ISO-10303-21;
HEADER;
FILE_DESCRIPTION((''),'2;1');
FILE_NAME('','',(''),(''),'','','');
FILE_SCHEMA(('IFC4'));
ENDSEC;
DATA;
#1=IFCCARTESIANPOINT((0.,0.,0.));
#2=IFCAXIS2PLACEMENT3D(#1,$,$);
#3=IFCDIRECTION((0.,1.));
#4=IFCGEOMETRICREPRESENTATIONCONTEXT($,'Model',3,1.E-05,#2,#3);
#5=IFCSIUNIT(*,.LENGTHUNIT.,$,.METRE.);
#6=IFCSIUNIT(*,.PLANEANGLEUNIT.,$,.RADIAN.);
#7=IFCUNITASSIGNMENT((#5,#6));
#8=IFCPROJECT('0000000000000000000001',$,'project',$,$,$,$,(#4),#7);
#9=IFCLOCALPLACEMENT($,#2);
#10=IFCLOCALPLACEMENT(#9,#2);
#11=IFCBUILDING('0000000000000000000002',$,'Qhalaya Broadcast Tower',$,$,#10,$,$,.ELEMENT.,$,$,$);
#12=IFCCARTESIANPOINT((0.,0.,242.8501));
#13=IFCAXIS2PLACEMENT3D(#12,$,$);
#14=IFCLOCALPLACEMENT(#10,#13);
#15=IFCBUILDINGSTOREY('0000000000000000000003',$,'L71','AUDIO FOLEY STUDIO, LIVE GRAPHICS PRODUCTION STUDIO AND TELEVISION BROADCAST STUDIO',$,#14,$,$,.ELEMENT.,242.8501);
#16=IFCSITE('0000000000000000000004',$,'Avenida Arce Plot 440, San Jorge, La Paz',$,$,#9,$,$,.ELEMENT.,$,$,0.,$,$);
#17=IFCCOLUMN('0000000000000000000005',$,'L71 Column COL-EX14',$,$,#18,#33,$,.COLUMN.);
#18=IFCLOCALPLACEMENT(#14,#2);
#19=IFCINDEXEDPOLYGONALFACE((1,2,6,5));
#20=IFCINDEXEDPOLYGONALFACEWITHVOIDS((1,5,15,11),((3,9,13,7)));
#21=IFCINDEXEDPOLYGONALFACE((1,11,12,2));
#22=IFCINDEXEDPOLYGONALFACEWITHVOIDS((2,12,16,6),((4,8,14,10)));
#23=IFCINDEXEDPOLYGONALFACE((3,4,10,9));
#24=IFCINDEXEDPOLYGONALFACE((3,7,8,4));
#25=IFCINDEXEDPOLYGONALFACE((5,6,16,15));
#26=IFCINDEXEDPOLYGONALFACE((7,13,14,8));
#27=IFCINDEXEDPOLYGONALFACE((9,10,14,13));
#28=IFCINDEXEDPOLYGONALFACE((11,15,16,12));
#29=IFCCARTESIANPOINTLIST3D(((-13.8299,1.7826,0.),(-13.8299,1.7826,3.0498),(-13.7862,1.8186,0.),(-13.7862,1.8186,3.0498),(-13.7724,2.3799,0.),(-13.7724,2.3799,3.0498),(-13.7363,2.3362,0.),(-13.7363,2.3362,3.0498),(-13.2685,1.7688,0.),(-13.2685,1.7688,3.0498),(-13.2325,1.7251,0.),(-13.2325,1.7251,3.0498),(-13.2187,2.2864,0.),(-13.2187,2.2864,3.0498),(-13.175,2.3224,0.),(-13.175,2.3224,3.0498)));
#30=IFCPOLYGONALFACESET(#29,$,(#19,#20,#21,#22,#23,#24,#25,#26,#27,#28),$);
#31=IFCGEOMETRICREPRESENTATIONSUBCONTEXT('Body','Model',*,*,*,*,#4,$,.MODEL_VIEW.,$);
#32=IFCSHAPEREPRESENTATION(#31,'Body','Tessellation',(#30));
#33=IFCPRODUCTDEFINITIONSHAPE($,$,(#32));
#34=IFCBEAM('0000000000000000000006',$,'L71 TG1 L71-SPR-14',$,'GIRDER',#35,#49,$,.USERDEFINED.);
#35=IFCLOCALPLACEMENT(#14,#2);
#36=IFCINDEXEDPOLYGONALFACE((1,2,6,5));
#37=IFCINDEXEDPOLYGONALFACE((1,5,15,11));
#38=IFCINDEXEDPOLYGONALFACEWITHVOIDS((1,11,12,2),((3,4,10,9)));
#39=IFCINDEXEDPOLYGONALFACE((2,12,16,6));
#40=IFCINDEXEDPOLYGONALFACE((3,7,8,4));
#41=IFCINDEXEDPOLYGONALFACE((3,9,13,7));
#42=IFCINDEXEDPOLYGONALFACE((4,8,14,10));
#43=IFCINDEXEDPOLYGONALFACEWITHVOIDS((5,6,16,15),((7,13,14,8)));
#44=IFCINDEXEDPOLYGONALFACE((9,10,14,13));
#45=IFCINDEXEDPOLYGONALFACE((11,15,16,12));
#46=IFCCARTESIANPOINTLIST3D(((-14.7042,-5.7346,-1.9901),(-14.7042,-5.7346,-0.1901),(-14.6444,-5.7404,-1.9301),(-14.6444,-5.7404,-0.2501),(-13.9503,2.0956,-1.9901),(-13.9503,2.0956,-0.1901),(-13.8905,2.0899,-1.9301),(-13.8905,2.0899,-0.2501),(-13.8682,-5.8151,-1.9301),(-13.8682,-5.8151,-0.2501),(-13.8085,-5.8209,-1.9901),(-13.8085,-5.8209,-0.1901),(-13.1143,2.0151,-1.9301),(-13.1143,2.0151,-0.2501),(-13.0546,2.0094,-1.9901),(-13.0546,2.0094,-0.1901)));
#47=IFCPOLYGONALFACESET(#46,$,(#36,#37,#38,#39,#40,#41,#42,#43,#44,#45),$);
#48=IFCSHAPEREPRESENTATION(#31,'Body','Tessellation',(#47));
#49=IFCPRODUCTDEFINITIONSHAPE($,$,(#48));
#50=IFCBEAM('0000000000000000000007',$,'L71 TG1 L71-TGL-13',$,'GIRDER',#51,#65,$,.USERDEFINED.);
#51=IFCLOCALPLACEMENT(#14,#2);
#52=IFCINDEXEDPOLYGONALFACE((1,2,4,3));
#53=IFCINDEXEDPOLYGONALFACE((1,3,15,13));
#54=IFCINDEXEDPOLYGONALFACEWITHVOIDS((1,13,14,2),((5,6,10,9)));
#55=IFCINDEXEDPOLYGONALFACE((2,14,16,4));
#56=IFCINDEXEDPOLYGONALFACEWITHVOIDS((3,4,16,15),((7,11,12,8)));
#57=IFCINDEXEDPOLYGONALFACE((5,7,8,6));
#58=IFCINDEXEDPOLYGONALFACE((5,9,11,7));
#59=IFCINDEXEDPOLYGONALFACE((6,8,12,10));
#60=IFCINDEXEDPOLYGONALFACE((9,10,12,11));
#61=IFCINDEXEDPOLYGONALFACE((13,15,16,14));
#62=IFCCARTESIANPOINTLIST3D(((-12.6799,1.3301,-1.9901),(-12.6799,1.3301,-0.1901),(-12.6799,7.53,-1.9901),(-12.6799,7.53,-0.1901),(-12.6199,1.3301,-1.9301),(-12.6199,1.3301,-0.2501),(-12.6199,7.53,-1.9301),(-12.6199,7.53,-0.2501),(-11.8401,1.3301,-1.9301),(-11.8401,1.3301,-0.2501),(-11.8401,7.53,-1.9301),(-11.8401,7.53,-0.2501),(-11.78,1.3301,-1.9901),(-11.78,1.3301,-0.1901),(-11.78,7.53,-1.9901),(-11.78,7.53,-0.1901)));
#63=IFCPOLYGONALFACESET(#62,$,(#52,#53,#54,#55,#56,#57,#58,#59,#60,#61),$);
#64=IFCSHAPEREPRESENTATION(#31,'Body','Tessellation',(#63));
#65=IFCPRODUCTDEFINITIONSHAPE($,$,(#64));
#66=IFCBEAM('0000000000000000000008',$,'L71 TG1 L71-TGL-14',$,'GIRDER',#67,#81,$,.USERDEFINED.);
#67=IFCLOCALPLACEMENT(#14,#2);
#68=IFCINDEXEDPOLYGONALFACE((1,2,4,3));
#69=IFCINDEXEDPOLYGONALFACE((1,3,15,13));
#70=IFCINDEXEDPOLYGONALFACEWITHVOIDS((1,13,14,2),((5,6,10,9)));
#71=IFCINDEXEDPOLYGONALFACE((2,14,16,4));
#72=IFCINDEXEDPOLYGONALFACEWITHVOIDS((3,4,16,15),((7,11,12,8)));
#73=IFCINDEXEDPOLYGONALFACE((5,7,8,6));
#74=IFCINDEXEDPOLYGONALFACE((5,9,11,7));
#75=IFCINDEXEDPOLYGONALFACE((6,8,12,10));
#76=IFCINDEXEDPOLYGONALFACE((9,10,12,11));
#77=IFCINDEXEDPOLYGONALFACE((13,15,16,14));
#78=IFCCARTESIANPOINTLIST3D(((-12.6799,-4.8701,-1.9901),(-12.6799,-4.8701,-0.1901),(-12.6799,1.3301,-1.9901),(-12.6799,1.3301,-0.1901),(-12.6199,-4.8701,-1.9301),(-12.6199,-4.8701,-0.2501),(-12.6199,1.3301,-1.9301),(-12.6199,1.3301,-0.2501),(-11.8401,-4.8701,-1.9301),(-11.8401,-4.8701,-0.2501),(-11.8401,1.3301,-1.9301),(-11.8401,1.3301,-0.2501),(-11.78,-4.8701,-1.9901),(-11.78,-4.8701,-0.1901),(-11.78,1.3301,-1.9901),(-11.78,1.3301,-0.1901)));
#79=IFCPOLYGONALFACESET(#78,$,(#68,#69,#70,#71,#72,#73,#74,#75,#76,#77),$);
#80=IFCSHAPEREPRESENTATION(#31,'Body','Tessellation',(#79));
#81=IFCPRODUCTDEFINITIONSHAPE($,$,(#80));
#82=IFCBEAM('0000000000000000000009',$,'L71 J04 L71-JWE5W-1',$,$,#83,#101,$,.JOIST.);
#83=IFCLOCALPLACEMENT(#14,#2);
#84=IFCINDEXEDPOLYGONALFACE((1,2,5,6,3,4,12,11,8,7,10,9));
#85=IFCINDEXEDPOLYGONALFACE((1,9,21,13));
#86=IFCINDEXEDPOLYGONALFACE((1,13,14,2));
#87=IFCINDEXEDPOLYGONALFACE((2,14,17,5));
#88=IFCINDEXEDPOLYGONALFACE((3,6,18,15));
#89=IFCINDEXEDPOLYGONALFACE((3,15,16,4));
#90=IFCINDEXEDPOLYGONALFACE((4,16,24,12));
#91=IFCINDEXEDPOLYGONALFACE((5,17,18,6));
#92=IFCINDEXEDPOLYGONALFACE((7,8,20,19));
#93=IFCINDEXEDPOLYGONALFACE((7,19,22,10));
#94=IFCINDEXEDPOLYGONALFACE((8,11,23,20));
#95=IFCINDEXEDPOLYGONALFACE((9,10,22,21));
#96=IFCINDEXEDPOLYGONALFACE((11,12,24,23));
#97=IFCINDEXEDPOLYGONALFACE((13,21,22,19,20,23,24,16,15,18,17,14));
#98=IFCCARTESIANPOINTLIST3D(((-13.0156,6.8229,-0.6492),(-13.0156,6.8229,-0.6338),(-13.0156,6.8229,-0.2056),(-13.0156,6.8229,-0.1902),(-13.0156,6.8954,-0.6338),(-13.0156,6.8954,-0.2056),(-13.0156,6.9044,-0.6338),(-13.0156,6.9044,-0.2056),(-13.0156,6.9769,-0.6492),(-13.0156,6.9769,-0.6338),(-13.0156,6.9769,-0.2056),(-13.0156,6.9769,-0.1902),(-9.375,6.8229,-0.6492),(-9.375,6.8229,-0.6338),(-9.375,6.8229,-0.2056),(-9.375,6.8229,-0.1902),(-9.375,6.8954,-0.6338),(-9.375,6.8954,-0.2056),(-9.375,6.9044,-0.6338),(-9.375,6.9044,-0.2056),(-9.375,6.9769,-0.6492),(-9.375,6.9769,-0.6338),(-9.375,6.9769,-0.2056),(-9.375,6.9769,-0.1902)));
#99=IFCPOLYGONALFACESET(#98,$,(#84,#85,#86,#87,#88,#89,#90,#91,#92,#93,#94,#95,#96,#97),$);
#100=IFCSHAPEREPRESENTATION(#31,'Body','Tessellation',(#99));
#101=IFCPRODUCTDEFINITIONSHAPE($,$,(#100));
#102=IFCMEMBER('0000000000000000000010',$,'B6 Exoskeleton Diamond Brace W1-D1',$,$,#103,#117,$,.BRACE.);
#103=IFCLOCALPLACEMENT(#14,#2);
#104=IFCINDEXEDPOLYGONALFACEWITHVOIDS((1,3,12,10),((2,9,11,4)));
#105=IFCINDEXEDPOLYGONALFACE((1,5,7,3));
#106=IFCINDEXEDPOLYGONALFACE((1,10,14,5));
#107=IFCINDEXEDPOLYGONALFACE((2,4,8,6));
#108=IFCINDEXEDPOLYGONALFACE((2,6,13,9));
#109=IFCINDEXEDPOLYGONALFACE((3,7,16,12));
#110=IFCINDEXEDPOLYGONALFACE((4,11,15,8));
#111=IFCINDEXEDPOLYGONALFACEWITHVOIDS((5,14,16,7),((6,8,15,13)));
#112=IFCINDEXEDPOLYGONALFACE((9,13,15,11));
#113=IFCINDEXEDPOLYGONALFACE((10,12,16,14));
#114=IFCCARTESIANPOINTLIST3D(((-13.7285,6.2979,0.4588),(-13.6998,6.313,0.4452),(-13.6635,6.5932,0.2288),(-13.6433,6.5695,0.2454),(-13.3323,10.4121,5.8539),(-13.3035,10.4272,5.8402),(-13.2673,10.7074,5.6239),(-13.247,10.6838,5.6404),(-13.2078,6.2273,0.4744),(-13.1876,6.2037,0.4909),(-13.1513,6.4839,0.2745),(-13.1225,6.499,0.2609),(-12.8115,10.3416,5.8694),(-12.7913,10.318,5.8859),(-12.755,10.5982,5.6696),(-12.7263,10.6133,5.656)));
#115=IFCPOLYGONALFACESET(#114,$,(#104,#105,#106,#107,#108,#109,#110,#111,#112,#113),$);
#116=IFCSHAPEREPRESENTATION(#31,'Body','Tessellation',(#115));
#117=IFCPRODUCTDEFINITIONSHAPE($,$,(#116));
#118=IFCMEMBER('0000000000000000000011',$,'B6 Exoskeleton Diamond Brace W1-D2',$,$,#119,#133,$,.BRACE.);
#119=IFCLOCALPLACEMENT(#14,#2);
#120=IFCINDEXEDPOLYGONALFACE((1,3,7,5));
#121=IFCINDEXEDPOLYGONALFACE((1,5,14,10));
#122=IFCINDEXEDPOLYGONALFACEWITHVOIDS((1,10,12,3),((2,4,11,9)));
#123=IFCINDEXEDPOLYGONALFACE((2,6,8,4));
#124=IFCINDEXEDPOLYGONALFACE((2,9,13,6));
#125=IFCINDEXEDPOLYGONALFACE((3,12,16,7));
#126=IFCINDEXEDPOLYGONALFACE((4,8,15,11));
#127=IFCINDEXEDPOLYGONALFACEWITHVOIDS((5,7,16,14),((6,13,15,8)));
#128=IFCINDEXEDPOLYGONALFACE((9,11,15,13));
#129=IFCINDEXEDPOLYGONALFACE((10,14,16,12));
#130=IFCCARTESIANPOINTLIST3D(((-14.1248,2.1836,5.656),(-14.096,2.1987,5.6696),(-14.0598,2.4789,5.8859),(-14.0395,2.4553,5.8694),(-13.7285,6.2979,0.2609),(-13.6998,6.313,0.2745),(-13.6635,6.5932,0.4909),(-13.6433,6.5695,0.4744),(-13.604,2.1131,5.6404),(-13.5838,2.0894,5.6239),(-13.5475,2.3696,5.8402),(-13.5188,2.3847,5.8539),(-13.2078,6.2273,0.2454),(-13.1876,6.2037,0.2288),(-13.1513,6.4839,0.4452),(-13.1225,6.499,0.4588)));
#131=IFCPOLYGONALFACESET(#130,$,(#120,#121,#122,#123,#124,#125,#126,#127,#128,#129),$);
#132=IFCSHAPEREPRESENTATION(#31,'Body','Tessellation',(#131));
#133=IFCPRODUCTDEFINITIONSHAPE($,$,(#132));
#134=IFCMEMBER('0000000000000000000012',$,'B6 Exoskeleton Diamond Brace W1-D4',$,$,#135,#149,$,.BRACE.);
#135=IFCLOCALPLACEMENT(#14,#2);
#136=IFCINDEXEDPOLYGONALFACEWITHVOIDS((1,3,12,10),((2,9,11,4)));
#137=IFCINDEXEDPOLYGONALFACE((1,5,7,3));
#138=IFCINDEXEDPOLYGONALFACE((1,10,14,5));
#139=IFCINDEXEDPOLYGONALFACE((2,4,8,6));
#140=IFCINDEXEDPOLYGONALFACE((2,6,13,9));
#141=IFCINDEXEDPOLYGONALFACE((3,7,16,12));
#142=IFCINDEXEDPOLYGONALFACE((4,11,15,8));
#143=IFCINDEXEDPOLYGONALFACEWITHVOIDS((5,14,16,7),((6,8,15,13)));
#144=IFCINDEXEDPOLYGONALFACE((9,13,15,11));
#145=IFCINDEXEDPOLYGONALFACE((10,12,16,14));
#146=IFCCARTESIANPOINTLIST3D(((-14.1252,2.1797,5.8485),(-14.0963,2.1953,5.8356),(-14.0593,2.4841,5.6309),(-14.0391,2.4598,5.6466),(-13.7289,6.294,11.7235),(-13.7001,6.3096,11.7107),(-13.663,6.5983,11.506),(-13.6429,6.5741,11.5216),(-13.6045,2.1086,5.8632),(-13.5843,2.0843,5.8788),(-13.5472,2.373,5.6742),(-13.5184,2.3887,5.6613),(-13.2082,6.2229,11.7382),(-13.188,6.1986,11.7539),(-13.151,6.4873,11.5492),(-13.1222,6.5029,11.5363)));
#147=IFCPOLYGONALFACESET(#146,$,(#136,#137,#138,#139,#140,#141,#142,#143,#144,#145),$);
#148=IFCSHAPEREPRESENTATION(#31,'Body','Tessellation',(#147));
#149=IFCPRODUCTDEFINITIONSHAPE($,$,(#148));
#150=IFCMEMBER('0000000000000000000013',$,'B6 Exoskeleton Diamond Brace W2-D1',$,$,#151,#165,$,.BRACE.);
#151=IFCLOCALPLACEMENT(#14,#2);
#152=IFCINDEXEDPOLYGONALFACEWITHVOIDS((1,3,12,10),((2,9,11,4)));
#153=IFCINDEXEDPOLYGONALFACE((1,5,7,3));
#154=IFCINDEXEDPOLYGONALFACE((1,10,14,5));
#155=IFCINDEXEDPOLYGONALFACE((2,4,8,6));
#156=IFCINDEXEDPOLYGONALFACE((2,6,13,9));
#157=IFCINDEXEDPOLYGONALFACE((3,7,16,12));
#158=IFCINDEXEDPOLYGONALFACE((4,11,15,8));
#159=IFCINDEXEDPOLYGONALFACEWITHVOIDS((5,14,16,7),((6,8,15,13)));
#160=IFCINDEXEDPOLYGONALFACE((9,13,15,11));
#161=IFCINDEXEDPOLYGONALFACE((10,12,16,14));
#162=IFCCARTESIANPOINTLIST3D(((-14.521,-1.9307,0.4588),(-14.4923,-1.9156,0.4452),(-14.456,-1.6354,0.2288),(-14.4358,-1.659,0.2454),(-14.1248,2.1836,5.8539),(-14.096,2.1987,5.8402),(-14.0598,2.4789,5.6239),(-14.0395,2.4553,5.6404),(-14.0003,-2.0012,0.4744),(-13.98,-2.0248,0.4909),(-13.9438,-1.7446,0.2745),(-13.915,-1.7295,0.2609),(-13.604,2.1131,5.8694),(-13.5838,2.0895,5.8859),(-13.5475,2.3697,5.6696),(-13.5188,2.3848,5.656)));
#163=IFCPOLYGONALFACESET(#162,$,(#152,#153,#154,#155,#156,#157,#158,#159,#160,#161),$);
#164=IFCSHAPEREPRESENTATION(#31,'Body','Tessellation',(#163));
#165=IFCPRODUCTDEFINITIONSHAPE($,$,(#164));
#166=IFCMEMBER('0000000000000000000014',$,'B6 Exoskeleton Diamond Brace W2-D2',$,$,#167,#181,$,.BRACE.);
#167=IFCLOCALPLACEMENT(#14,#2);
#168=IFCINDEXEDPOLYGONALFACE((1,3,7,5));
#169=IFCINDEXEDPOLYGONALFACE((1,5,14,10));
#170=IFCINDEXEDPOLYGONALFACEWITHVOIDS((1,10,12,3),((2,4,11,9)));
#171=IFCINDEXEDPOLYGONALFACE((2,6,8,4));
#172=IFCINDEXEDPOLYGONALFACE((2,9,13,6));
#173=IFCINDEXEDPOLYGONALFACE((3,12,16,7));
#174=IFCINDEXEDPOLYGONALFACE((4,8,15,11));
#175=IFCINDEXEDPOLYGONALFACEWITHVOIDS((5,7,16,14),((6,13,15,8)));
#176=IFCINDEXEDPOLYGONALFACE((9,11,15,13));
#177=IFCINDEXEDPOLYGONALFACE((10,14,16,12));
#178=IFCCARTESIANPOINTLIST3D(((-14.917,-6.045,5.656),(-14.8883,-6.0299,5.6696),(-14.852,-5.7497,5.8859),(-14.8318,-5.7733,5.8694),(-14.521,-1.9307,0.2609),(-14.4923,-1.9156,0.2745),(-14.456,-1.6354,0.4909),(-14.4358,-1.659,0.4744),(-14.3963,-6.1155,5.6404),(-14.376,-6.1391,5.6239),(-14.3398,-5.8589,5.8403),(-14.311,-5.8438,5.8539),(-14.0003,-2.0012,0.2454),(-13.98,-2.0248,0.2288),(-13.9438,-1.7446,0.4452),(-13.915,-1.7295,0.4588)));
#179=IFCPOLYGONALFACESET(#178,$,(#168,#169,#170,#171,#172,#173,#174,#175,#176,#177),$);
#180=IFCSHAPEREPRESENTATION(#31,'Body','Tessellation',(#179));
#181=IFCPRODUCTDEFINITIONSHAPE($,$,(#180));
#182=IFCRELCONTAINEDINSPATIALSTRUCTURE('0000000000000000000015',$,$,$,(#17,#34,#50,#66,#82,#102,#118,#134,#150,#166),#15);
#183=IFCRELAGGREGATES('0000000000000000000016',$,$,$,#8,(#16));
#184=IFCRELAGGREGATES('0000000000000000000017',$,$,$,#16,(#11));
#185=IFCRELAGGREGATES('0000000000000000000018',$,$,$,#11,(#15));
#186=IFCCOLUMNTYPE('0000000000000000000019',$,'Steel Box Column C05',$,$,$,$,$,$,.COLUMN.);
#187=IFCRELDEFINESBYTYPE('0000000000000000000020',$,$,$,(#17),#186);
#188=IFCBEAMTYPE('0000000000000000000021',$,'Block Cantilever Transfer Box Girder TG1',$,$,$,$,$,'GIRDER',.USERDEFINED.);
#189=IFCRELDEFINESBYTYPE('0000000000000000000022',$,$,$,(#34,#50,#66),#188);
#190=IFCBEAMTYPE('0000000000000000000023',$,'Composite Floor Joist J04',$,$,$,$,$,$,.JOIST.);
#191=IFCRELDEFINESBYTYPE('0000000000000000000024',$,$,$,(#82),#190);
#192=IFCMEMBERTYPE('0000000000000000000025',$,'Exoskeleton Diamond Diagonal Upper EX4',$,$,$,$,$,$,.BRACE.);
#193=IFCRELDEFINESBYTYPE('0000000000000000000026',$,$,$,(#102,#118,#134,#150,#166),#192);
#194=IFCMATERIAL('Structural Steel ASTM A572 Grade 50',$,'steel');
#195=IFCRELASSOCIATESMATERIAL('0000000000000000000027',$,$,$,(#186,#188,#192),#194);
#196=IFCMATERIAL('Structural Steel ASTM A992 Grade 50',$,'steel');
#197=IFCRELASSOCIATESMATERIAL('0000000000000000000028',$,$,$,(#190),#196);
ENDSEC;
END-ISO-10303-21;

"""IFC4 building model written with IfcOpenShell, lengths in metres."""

from ifc_helpers import new_model, si_unit, direction, frame, origin, origin_2d, place, context, subcontext, project, spatial, hollow_rectangle, i_section, extrude, material, material_profile, profile_set, type_object, element, save


model = new_model("IFC4")

# Units and contexts
model_context = context("Model", 3, precision=1e-05, world=origin(), true_north=direction((0.0, 1.0)))
body_context = subcontext(model_context, "Body", "Model", "MODEL_VIEW")
ifc_project = project(units=[si_unit("LENGTHUNIT", "METRE"), si_unit("PLANEANGLEUNIT", "RADIAN")], contexts=[model_context])

# Site, building, storey
site_placement = place(None, origin())
site = spatial("IfcSite", under=ifc_project, at=site_placement, Name="Avenida Arce Plot 440, San Jorge, La Paz", CompositionType="ELEMENT", RefElevation=0.0)
building_placement = place(site_placement, origin())
building = spatial("IfcBuilding", under=site, at=building_placement, Name="Qhalaya Broadcast Tower", CompositionType="ELEMENT")
storey_placement = place(building_placement, frame((0.0, 0.0, 242.8501)))
storey = spatial("IfcBuildingStorey", under=building, at=storey_placement, Name="L71", Description="AUDIO FOLEY STUDIO, LIVE GRAPHICS PRODUCTION STUDIO AND TELEVISION BROADCAST STUDIO", CompositionType="ELEMENT", Elevation=242.8501)

# Column
ifc_material_1 = material(Name="Structural Steel ASTM A572 Grade 50", Category="steel")
ifc_material_profile_1 = material_profile(ifc_material_1, hollow_rectangle(XDim=0.6001, YDim=0.6001, WallThickness=0.04, at=origin_2d()), Name="BOX 600x600x40")
ifc_profile_set_1 = profile_set([ifc_material_profile_1], Name="Structural Steel ASTM A572 Grade 50")
column_type = type_object("IfcColumnType", Name="Steel Box Column C05", PredefinedType="COLUMN", material=ifc_profile_set_1)
column_placement = place(storey_placement, frame((-13.5024, 2.0525, 0.0), z_axis=(0.0, 0.0, 1.0), x_axis=(0.095846, 0.995396, 0.0)))
element("IfcColumn", 1, at=column_placement, inside=storey, type_object=column_type, Name="L71 Column COL-EX14", PredefinedType="COLUMN", context=body_context, shape_type="SweptSolid", body=[
    extrude(hollow_rectangle(XDim=0.6001, YDim=0.6001, WallThickness=0.04, at=origin_2d()), origin(), (0.0, 0.0, 1.0), 3.0498),
])

# Beams
ifc_material_profile_2 = material_profile(ifc_material_1, hollow_rectangle(XDim=0.8999, YDim=1.8, WallThickness=0.0601, at=origin_2d()), Name="BOX 900x1800x60")
ifc_profile_set_2 = profile_set([ifc_material_profile_2], Name="Structural Steel ASTM A572 Grade 50")
beam_type_1 = type_object("IfcBeamType", Name="Block Cantilever Transfer Box Girder TG1", ElementType="GIRDER", PredefinedType="USERDEFINED", material=ifc_profile_set_2)
beam_1_placement = place(storey_placement, frame((-13.5024, 2.0525, -1.0901), z_axis=(-0.095837, -0.995397, 0.0), x_axis=(0.995397, -0.095837, 0.0)))
element("IfcBeam", 2, at=beam_1_placement, inside=storey, type_object=beam_type_1, Name="L71 TG1 L71-SPR-14", ObjectType="GIRDER", PredefinedType="USERDEFINED", context=body_context, shape_type="SweptSolid", body=[
    extrude(hollow_rectangle(XDim=0.8999, YDim=1.8, WallThickness=0.0601, at=origin_2d()), origin(), (0.0, 0.0, 1.0), 7.8665),
])
beam_2_placement = place(storey_placement, frame((-12.23, 7.53, -1.0901), z_axis=(0.0, -1.0, 0.0), x_axis=(1.0, 0.0, 0.0)))
element("IfcBeam", 3, at=beam_2_placement, inside=storey, type_object=beam_type_1, Name="L71 TG1 L71-TGL-13", ObjectType="GIRDER", PredefinedType="USERDEFINED", context=body_context, shape_type="SweptSolid", body=[
    extrude(hollow_rectangle(XDim=0.8999, YDim=1.8, WallThickness=0.0601, at=origin_2d()), origin(), (0.0, 0.0, 1.0), 6.2),
])
beam_3_placement = place(storey_placement, frame((-12.23, 1.3301, -1.0901), z_axis=(0.0, -1.0, 0.0), x_axis=(1.0, 0.0, 0.0)))
element("IfcBeam", 4, at=beam_3_placement, inside=storey, type_object=beam_type_1, Name="L71 TG1 L71-TGL-14", ObjectType="GIRDER", PredefinedType="USERDEFINED", context=body_context, shape_type="SweptSolid", body=[
    extrude(hollow_rectangle(XDim=0.8999, YDim=1.8, WallThickness=0.0601, at=origin_2d()), origin(), (0.0, 0.0, 1.0), 6.2002),
])
ifc_material_2 = material(Name="Structural Steel ASTM A992 Grade 50", Category="steel")
ifc_material_profile_3 = material_profile(ifc_material_2, i_section(OverallWidth=0.1541, OverallDepth=0.459, WebThickness=0.009, FlangeThickness=0.0154, at=origin_2d()), Name="W18X46")
ifc_profile_set_3 = profile_set([ifc_material_profile_3], Name="Structural Steel ASTM A992 Grade 50")
beam_type_2 = type_object("IfcBeamType", Name="Composite Floor Joist J04", PredefinedType="JOIST", material=ifc_profile_set_3)
beam_4_placement = place(storey_placement, frame((-13.0156, 6.8999, -0.4197), z_axis=(1.0, 0.0, 0.0), x_axis=(0.0, 1.0, 0.0)))
element("IfcBeam", 5, at=beam_4_placement, inside=storey, type_object=beam_type_2, Name="L71 J04 L71-JWE5W-1", PredefinedType="JOIST", context=body_context, shape_type="SweptSolid", body=[
    extrude(i_section(OverallWidth=0.1541, OverallDepth=0.459, WebThickness=0.009, FlangeThickness=0.0154, at=origin_2d()), origin(), (0.0, 0.0, 1.0), 3.6406),
])

# Members
ifc_material_profile_4 = material_profile(ifc_material_1, hollow_rectangle(XDim=0.3799, YDim=0.55, WallThickness=0.0249, at=origin_2d()), Name="BOX 380x550x25")
ifc_profile_set_4 = profile_set([ifc_material_profile_4], Name="Structural Steel ASTM A572 Grade 50")
member_type_1 = type_object("IfcMemberType", Name="Exoskeleton Diamond Diagonal Upper EX4", PredefinedType="BRACE", material=ifc_profile_set_4)
for number, where, z_axis, x_axis, name in (
    (6, (-13.4255, 6.3984, 0.3599), (0.058302, 0.605363, 0.793811), (-0.171153, -0.777329, 0.605364), "B6 Exoskeleton Diamond Brace W1-D1"),
    (7, (-13.4255, 6.3984, 0.3599), (-0.058302, -0.605363, 0.793811), (0.171153, 0.777329, 0.605364), "B6 Exoskeleton Diamond Brace W1-D2"),
):
    element("IfcMember", number, at=place(storey_placement, frame(where, z_axis=z_axis, x_axis=x_axis)), inside=storey, type_object=member_type_1, Name=name, PredefinedType="BRACE", context=body_context, shape_type="SweptSolid", body=[
        extrude(hollow_rectangle(XDim=0.3799, YDim=0.55, WallThickness=0.0249, at=origin_2d()), origin(), (0.0, 0.0, 1.0), 6.7964),
    ])
member_1_placement = place(storey_placement, frame((-13.8218, 2.2842, 5.7549), z_axis=(0.055161, 0.572753, 0.81787), x_axis=(-0.173449, -0.801166, 0.572755)))
element("IfcMember", 8, at=member_1_placement, inside=storey, type_object=member_type_1, Name="B6 Exoskeleton Diamond Brace W1-D4", PredefinedType="BRACE", context=body_context, shape_type="SweptSolid", body=[
    extrude(hollow_rectangle(XDim=0.3799, YDim=0.55, WallThickness=0.0249, at=origin_2d()), origin(), (0.0, 0.0, 1.0), 7.1833),
])
for number, where, z_axis, x_axis, name in (
    (9, (-14.218, -1.8301, 0.3599), (0.058302, 0.605363, 0.793811), (-0.171153, -0.777329, 0.605364), "B6 Exoskeleton Diamond Brace W2-D1"),
    (10, (-14.218, -1.8301, 0.3599), (-0.058266, -0.605364, 0.793813), (0.171108, 0.777341, 0.605362), "B6 Exoskeleton Diamond Brace W2-D2"),
):
    element("IfcMember", number, at=place(storey_placement, frame(where, z_axis=z_axis, x_axis=x_axis)), inside=storey, type_object=member_type_1, Name=name, PredefinedType="BRACE", context=body_context, shape_type="SweptSolid", body=[
        extrude(hollow_rectangle(XDim=0.3799, YDim=0.55, WallThickness=0.0249, at=origin_2d()), origin(), (0.0, 0.0, 1.0), 6.7964),
    ])

save(model, "model.ifc")
